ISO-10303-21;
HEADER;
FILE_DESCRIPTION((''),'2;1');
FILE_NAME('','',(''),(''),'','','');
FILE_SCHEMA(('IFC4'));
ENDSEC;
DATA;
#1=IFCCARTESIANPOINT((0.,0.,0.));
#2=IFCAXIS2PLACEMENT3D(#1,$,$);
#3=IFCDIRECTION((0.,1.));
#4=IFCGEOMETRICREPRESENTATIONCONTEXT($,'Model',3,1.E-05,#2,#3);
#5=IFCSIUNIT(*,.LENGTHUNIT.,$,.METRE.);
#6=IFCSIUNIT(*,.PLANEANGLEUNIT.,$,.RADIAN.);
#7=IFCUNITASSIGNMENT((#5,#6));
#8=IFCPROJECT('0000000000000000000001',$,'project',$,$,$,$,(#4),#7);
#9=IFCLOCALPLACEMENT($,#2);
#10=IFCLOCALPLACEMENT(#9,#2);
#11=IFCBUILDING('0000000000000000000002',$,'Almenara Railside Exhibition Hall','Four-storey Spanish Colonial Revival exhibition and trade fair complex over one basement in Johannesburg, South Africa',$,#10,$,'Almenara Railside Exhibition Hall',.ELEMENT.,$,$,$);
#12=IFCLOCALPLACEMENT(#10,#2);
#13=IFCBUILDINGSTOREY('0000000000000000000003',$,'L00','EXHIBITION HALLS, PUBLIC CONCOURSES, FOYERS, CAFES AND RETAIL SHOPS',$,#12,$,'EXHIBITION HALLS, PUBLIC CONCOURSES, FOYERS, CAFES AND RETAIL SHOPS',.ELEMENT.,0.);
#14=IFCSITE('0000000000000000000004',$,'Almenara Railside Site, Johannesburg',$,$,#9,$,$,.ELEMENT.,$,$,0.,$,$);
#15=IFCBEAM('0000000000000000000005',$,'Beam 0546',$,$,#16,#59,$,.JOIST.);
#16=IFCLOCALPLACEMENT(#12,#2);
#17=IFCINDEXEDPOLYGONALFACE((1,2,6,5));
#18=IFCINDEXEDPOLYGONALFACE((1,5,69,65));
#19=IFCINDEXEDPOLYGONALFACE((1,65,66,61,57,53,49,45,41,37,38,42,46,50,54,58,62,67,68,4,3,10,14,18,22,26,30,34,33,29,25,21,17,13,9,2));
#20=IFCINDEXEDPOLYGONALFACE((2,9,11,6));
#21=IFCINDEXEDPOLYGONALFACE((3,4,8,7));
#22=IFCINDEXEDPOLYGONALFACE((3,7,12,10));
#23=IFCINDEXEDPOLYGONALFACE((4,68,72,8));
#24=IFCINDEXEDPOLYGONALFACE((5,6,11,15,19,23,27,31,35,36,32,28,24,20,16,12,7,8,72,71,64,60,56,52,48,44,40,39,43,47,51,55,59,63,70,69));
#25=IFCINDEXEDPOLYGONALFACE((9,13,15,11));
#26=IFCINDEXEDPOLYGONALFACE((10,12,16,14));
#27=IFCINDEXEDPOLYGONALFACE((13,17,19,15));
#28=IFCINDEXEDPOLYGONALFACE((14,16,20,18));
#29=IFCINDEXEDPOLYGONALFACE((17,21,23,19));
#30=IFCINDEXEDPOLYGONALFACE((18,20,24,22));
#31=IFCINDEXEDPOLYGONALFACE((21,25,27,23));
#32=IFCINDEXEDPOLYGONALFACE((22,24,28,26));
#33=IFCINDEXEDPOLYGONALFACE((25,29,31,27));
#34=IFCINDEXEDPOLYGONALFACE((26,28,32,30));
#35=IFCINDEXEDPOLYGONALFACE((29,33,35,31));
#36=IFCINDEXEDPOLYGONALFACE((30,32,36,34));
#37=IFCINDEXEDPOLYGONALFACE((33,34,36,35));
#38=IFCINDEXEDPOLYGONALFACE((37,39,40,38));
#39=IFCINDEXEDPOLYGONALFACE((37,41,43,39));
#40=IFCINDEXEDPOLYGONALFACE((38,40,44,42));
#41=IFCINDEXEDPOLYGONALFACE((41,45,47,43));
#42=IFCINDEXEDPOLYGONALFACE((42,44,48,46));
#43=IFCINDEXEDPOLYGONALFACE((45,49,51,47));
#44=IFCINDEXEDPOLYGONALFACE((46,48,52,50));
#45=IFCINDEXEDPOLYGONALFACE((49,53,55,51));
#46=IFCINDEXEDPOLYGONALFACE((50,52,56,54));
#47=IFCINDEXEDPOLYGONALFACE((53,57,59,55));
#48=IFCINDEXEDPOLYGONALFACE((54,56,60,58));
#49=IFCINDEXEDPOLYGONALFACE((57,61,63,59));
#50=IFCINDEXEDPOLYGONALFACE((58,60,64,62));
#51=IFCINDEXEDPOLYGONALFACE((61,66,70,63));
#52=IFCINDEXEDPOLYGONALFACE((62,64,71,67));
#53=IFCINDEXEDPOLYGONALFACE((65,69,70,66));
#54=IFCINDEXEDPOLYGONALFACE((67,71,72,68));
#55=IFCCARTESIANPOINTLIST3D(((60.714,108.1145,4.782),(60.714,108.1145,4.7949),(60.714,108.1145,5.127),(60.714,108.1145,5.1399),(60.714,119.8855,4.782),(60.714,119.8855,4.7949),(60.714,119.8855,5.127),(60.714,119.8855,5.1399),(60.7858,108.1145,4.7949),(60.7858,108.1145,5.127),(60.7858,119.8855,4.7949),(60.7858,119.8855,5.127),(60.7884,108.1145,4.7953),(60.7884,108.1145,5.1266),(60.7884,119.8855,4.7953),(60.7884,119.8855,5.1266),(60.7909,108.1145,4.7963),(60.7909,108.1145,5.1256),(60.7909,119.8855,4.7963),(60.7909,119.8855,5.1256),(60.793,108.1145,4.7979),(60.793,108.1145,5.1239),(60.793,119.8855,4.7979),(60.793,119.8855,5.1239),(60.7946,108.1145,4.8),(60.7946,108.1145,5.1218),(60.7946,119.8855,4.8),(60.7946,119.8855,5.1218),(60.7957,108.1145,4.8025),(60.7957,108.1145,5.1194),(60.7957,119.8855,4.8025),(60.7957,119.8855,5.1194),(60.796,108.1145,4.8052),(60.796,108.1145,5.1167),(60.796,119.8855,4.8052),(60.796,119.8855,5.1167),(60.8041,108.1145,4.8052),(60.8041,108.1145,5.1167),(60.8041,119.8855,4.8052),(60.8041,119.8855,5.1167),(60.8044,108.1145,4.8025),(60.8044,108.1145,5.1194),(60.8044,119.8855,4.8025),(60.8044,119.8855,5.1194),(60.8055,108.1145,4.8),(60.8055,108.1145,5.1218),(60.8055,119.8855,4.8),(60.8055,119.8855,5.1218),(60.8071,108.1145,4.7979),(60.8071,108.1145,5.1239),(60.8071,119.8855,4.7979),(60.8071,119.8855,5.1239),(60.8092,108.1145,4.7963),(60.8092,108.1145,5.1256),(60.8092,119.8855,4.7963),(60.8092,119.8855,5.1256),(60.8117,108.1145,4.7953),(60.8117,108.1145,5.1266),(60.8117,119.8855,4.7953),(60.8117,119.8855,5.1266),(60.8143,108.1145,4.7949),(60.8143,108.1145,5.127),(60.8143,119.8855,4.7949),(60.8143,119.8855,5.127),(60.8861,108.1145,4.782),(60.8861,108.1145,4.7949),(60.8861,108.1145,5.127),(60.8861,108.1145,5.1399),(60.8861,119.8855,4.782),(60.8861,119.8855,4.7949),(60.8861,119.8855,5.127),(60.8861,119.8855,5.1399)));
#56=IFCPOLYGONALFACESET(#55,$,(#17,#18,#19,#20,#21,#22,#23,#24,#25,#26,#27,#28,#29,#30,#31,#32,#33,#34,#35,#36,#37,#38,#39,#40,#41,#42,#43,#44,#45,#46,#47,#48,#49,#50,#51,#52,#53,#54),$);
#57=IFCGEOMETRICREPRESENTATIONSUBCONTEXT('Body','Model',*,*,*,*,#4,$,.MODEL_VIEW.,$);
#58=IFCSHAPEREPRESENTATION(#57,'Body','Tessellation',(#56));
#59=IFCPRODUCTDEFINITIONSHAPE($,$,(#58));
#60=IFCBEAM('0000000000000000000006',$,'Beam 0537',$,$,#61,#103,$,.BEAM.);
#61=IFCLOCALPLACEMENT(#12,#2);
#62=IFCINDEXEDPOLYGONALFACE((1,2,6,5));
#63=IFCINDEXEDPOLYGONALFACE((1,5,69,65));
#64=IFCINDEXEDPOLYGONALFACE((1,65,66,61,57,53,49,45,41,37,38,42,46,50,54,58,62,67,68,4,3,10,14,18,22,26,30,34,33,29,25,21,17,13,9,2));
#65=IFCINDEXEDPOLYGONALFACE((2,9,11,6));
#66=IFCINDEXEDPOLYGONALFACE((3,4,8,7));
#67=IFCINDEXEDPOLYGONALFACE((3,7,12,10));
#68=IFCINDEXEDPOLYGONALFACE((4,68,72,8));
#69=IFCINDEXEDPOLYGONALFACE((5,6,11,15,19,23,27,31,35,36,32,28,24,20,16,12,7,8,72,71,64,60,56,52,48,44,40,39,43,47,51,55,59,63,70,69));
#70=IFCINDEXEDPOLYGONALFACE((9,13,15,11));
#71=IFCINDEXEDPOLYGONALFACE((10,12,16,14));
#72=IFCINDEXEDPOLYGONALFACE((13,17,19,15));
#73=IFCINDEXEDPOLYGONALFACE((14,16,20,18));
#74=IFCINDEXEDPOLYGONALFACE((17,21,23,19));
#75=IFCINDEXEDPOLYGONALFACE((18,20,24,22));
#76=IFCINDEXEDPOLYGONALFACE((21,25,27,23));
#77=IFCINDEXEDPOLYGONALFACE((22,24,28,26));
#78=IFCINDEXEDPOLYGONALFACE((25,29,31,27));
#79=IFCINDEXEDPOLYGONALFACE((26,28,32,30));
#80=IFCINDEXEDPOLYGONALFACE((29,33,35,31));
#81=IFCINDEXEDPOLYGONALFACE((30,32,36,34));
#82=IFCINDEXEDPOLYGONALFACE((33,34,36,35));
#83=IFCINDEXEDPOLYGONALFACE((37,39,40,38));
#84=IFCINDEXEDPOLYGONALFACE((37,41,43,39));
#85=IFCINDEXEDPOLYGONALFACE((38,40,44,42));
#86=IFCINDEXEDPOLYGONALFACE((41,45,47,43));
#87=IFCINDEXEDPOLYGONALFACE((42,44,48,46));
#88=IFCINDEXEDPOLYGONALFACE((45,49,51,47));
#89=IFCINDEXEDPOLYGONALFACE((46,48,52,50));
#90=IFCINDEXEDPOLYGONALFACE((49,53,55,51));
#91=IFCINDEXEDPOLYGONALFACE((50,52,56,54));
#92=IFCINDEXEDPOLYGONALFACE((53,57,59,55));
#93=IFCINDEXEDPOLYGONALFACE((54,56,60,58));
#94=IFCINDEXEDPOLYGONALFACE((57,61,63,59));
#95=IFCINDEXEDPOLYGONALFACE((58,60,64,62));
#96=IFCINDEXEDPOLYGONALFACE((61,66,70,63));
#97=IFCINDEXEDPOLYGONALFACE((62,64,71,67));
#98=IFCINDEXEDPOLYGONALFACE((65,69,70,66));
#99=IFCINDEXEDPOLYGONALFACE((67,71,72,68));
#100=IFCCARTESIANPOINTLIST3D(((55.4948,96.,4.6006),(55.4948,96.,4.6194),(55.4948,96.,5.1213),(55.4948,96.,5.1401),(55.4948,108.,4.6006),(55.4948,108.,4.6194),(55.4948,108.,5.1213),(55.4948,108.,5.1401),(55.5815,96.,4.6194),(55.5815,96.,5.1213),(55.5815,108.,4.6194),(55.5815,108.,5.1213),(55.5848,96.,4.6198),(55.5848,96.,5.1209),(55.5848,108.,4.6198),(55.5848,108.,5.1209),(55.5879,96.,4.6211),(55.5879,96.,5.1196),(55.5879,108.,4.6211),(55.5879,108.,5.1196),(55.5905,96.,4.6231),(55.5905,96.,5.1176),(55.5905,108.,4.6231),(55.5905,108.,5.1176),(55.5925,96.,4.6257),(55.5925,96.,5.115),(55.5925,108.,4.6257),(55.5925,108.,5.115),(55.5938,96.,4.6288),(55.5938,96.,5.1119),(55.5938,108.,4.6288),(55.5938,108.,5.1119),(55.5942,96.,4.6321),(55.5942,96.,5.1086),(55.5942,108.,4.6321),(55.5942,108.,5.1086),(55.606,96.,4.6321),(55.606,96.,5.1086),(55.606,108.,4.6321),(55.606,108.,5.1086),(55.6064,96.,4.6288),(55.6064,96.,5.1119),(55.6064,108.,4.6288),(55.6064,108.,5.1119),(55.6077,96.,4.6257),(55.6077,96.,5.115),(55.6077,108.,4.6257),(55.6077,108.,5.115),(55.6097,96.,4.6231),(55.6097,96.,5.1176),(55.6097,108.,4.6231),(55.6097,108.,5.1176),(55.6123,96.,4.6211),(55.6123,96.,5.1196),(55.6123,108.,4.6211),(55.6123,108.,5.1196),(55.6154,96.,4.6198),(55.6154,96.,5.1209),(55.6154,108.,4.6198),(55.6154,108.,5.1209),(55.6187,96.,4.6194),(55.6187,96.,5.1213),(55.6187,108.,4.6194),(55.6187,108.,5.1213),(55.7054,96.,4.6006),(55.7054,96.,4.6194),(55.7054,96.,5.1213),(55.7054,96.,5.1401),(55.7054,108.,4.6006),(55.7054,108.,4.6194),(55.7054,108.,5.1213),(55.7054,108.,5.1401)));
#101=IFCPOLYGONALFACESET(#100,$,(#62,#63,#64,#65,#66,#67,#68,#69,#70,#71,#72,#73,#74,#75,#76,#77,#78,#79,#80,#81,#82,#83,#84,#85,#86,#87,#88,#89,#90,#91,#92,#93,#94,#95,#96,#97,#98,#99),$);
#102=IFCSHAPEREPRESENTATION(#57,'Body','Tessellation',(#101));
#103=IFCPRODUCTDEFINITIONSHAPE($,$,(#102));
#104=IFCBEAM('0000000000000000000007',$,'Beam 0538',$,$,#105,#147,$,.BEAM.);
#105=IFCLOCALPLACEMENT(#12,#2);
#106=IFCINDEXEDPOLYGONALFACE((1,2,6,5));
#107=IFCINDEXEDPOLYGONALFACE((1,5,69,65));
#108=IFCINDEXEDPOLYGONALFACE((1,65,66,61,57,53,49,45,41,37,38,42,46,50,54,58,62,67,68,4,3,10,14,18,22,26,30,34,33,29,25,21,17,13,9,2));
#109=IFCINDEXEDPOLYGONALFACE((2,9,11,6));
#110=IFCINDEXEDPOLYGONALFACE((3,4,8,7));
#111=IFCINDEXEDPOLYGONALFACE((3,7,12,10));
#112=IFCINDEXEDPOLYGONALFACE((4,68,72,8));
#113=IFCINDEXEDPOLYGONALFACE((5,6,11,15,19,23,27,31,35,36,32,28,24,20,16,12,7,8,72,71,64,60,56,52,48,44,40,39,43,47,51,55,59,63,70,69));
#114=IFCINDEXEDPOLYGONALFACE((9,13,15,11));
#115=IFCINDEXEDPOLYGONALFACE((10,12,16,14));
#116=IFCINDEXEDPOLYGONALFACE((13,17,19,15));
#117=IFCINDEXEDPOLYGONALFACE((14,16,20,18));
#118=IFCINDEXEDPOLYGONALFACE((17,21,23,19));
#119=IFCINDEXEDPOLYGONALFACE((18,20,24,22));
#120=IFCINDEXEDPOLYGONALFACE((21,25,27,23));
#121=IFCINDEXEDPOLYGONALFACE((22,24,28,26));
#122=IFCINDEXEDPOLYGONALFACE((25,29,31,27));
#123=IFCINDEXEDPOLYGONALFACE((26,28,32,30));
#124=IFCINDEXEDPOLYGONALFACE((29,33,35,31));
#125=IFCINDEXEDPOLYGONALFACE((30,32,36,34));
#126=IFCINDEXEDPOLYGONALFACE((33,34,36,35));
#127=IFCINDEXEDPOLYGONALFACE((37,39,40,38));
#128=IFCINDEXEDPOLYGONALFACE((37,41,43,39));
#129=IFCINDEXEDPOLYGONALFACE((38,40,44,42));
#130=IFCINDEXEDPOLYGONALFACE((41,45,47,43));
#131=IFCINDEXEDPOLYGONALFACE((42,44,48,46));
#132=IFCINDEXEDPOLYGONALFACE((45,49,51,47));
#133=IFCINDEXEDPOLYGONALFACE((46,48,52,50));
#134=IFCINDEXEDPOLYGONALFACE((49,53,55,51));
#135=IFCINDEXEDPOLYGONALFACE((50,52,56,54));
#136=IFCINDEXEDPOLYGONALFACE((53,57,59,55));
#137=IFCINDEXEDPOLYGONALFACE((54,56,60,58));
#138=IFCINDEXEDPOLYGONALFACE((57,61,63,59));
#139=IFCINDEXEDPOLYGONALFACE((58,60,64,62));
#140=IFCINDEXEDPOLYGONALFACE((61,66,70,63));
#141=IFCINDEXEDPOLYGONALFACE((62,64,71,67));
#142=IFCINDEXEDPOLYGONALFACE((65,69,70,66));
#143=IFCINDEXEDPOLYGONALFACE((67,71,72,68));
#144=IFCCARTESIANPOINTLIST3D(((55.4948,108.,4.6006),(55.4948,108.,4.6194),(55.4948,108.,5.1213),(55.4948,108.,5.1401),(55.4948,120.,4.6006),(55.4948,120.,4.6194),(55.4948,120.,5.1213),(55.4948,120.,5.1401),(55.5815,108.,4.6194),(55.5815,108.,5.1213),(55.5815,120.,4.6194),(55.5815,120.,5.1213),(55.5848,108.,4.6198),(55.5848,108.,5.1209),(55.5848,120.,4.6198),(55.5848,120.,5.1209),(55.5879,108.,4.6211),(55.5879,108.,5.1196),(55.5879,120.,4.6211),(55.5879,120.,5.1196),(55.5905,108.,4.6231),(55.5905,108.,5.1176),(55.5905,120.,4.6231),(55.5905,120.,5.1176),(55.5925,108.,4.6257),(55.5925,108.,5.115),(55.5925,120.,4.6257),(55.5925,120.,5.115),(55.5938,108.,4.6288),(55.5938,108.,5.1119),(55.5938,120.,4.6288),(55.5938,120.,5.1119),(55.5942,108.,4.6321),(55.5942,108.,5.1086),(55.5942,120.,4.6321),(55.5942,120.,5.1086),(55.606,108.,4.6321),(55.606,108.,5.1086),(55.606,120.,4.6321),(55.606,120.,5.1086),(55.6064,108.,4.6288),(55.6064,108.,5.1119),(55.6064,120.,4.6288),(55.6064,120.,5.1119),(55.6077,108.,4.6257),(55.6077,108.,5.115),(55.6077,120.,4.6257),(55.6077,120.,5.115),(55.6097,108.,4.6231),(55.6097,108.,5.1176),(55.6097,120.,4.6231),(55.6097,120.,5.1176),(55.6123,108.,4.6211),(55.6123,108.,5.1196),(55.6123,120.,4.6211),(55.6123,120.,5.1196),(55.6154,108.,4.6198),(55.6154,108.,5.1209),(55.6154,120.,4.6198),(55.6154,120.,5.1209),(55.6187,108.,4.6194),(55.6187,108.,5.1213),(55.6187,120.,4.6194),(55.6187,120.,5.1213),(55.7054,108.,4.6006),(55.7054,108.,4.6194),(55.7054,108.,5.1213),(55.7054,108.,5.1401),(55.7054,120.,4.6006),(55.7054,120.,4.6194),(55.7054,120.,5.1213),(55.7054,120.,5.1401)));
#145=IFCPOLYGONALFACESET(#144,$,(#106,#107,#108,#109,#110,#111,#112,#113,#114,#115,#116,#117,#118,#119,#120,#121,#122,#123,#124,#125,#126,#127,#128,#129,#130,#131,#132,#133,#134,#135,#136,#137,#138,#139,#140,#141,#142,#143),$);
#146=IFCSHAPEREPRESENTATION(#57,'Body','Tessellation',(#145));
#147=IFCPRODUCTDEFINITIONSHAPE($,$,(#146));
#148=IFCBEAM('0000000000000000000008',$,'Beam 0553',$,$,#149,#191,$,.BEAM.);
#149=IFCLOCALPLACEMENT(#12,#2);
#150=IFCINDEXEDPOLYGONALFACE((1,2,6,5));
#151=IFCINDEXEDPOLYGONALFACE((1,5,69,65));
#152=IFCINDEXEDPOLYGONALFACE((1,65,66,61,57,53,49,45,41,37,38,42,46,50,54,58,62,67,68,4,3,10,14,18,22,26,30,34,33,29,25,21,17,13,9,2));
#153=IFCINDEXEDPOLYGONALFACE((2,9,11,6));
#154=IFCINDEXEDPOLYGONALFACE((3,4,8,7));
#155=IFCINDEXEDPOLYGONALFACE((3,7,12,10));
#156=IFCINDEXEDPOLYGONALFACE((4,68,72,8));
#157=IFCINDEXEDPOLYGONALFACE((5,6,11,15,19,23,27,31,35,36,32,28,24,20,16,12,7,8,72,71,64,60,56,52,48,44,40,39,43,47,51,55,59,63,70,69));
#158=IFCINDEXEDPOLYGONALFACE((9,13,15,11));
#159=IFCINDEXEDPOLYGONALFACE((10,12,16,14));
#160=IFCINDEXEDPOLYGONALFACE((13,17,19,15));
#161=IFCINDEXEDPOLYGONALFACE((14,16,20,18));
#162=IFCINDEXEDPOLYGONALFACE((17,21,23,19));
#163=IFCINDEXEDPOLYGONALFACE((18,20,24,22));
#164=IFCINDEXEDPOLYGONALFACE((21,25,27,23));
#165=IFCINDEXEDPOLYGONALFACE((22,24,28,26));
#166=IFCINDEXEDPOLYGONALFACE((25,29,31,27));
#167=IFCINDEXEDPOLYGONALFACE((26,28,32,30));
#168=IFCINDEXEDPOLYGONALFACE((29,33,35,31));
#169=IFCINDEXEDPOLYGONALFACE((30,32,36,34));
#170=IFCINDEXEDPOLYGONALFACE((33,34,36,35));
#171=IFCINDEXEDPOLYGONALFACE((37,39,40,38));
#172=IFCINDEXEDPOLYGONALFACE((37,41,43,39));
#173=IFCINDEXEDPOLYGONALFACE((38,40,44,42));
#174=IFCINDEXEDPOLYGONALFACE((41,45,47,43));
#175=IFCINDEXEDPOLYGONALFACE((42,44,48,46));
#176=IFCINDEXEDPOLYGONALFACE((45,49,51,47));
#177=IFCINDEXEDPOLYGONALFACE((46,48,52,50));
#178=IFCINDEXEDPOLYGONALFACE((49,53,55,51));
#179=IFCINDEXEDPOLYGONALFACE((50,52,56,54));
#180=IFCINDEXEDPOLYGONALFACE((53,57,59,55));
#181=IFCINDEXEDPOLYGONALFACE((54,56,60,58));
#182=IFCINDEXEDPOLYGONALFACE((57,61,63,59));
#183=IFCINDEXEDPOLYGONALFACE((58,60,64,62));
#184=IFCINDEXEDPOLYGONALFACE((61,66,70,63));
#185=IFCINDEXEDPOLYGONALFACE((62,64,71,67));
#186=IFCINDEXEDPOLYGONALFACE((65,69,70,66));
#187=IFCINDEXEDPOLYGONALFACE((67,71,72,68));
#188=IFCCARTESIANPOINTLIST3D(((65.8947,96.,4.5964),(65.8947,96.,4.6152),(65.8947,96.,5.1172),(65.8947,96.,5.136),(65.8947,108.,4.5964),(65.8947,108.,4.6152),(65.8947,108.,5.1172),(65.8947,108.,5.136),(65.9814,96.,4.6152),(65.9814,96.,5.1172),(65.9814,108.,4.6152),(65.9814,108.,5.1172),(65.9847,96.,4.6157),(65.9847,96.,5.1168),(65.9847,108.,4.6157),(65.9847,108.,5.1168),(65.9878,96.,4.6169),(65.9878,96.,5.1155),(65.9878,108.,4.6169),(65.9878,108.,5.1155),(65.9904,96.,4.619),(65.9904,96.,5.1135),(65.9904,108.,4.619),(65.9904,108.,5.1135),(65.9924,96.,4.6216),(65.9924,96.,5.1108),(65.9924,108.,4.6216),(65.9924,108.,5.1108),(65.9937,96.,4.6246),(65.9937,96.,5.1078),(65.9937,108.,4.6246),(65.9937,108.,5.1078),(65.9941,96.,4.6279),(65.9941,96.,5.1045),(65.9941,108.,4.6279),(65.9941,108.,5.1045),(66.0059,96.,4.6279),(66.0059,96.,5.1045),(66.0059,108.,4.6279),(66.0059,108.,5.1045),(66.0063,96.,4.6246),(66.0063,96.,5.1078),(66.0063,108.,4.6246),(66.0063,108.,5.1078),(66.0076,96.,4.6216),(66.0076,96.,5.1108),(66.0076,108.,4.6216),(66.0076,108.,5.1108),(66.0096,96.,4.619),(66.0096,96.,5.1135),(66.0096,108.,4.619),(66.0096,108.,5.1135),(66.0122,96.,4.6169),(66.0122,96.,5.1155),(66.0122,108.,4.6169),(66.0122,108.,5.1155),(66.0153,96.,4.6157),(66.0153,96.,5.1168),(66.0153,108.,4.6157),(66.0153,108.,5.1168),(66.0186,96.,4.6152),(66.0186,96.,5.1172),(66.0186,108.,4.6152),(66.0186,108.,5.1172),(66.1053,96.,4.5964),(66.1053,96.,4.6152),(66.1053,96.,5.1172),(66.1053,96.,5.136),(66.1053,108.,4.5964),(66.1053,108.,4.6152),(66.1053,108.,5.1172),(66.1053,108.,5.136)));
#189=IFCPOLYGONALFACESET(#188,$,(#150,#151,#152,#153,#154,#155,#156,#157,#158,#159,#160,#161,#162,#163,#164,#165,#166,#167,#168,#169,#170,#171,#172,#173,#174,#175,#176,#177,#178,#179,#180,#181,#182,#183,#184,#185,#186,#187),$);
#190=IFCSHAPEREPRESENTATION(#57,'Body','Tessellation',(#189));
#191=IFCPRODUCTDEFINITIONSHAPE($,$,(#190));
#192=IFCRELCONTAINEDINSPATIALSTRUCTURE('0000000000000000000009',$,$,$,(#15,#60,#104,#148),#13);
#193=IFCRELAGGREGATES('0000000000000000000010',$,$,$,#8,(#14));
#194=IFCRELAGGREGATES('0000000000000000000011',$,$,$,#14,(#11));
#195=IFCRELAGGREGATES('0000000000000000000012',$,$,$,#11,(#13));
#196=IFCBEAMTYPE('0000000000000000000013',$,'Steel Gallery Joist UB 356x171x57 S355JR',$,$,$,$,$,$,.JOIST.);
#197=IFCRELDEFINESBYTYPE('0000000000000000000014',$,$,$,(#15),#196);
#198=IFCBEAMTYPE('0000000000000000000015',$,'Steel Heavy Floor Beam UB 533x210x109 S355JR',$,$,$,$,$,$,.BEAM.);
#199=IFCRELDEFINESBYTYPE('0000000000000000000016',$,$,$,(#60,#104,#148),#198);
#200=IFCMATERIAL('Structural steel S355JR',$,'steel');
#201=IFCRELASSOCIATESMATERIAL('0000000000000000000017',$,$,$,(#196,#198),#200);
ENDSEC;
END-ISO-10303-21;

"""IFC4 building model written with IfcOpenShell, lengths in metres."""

from ifc_helpers import new_model, si_unit, direction, frame, origin, origin_2d, place, context, subcontext, project, spatial, i_section, extrude, material, material_profile, profile_set, type_object, element, save


model = new_model("IFC4")

# Units and contexts
model_context = context("Model", 3, precision=1e-05, world=origin(), true_north=direction((0.0, 1.0)))
body_context = subcontext(model_context, "Body", "Model", "MODEL_VIEW")
ifc_project = project(units=[si_unit("LENGTHUNIT", "METRE"), si_unit("PLANEANGLEUNIT", "RADIAN")], contexts=[model_context])

# Site, building, storey
site_placement = place(None, origin())
site = spatial("IfcSite", under=ifc_project, at=site_placement, Name="Almenara Railside Site, Johannesburg", CompositionType="ELEMENT", RefElevation=0.0)
building_placement = place(site_placement, origin())
building = spatial("IfcBuilding", under=site, at=building_placement, Name="Almenara Railside Exhibition Hall", Description="Four-storey Spanish Colonial Revival exhibition and trade fair complex over one basement in Johannesburg, South Africa", LongName="Almenara Railside Exhibition Hall", CompositionType="ELEMENT")
storey_placement = place(building_placement, origin())
storey = spatial("IfcBuildingStorey", under=building, at=storey_placement, Name="L00", Description="EXHIBITION HALLS, PUBLIC CONCOURSES, FOYERS, CAFES AND RETAIL SHOPS", LongName="EXHIBITION HALLS, PUBLIC CONCOURSES, FOYERS, CAFES AND RETAIL SHOPS", CompositionType="ELEMENT", Elevation=0.0)

# Beams
ifc_material_1 = material(Name="Structural steel S355JR", Category="steel")
ifc_material_profile_1 = material_profile(ifc_material_1, i_section(OverallWidth=0.1721, OverallDepth=0.3579, WebThickness=0.0081, FlangeThickness=0.0129, FilletRadius=0.0103, at=origin_2d()), Name="UB 356x171x57")
ifc_profile_set_1 = profile_set([ifc_material_profile_1], Name="Structural steel S355JR")
beam_type_1 = type_object("IfcBeamType", Name="Steel Gallery Joist UB 356x171x57 S355JR", PredefinedType="JOIST", material=ifc_profile_set_1)
for number, where, z_axis, x_axis, name in (
    (1, (60.8, 108.1145, 4.9609), (0.0, 1.0, 0.0), (-1.0, 0.0, 0.0), "Beam 0546"),
):
    element("IfcBeam", number, at=place(storey_placement, frame(where, z_axis=z_axis, x_axis=x_axis)), inside=storey, type_object=beam_type_1, Name=name, PredefinedType="JOIST", context=body_context, shape_type="SweptSolid", body=[
        extrude(i_section(OverallWidth=0.1721, OverallDepth=0.3579, WebThickness=0.0081, FlangeThickness=0.0129, FilletRadius=0.0103, at=origin_2d()), origin(), (0.0, 0.0, 1.0), 11.771),
    ])
ifc_material_profile_2 = material_profile(ifc_material_1, i_section(OverallWidth=0.2107, OverallDepth=0.5396, WebThickness=0.0117, FlangeThickness=0.0188, FilletRadius=0.0127, at=origin_2d()), Name="UB 533x210x109")
ifc_profile_set_2 = profile_set([ifc_material_profile_2], Name="Structural steel S355JR")
beam_type_2 = type_object("IfcBeamType", Name="Steel Heavy Floor Beam UB 533x210x109 S355JR", PredefinedType="BEAM", material=ifc_profile_set_2)
for number, where, z_axis, x_axis, name in (
    (2, (55.6001, 96.0, 4.8704), (0.0, 1.0, 0.0), (-1.0, 0.0, 0.0), "Beam 0537"),
    (3, (55.6001, 108.0, 4.8704), (0.0, 1.0, 0.0), (-1.0, 0.0, 0.0), "Beam 0538"),
    (4, (66.0, 96.0, 4.8662), (0.0, 1.0, 0.0), (-1.0, 0.0, 0.0), "Beam 0553"),
):
    element("IfcBeam", number, at=place(storey_placement, frame(where, z_axis=z_axis, x_axis=x_axis)), inside=storey, type_object=beam_type_2, Name=name, PredefinedType="BEAM", context=body_context, shape_type="SweptSolid", body=[
        extrude(i_section(OverallWidth=0.2107, OverallDepth=0.5396, WebThickness=0.0117, FlangeThickness=0.0188, FilletRadius=0.0127, at=origin_2d()), origin(), (0.0, 0.0, 1.0), 12.0),
    ])

save(model, "model.ifc")
